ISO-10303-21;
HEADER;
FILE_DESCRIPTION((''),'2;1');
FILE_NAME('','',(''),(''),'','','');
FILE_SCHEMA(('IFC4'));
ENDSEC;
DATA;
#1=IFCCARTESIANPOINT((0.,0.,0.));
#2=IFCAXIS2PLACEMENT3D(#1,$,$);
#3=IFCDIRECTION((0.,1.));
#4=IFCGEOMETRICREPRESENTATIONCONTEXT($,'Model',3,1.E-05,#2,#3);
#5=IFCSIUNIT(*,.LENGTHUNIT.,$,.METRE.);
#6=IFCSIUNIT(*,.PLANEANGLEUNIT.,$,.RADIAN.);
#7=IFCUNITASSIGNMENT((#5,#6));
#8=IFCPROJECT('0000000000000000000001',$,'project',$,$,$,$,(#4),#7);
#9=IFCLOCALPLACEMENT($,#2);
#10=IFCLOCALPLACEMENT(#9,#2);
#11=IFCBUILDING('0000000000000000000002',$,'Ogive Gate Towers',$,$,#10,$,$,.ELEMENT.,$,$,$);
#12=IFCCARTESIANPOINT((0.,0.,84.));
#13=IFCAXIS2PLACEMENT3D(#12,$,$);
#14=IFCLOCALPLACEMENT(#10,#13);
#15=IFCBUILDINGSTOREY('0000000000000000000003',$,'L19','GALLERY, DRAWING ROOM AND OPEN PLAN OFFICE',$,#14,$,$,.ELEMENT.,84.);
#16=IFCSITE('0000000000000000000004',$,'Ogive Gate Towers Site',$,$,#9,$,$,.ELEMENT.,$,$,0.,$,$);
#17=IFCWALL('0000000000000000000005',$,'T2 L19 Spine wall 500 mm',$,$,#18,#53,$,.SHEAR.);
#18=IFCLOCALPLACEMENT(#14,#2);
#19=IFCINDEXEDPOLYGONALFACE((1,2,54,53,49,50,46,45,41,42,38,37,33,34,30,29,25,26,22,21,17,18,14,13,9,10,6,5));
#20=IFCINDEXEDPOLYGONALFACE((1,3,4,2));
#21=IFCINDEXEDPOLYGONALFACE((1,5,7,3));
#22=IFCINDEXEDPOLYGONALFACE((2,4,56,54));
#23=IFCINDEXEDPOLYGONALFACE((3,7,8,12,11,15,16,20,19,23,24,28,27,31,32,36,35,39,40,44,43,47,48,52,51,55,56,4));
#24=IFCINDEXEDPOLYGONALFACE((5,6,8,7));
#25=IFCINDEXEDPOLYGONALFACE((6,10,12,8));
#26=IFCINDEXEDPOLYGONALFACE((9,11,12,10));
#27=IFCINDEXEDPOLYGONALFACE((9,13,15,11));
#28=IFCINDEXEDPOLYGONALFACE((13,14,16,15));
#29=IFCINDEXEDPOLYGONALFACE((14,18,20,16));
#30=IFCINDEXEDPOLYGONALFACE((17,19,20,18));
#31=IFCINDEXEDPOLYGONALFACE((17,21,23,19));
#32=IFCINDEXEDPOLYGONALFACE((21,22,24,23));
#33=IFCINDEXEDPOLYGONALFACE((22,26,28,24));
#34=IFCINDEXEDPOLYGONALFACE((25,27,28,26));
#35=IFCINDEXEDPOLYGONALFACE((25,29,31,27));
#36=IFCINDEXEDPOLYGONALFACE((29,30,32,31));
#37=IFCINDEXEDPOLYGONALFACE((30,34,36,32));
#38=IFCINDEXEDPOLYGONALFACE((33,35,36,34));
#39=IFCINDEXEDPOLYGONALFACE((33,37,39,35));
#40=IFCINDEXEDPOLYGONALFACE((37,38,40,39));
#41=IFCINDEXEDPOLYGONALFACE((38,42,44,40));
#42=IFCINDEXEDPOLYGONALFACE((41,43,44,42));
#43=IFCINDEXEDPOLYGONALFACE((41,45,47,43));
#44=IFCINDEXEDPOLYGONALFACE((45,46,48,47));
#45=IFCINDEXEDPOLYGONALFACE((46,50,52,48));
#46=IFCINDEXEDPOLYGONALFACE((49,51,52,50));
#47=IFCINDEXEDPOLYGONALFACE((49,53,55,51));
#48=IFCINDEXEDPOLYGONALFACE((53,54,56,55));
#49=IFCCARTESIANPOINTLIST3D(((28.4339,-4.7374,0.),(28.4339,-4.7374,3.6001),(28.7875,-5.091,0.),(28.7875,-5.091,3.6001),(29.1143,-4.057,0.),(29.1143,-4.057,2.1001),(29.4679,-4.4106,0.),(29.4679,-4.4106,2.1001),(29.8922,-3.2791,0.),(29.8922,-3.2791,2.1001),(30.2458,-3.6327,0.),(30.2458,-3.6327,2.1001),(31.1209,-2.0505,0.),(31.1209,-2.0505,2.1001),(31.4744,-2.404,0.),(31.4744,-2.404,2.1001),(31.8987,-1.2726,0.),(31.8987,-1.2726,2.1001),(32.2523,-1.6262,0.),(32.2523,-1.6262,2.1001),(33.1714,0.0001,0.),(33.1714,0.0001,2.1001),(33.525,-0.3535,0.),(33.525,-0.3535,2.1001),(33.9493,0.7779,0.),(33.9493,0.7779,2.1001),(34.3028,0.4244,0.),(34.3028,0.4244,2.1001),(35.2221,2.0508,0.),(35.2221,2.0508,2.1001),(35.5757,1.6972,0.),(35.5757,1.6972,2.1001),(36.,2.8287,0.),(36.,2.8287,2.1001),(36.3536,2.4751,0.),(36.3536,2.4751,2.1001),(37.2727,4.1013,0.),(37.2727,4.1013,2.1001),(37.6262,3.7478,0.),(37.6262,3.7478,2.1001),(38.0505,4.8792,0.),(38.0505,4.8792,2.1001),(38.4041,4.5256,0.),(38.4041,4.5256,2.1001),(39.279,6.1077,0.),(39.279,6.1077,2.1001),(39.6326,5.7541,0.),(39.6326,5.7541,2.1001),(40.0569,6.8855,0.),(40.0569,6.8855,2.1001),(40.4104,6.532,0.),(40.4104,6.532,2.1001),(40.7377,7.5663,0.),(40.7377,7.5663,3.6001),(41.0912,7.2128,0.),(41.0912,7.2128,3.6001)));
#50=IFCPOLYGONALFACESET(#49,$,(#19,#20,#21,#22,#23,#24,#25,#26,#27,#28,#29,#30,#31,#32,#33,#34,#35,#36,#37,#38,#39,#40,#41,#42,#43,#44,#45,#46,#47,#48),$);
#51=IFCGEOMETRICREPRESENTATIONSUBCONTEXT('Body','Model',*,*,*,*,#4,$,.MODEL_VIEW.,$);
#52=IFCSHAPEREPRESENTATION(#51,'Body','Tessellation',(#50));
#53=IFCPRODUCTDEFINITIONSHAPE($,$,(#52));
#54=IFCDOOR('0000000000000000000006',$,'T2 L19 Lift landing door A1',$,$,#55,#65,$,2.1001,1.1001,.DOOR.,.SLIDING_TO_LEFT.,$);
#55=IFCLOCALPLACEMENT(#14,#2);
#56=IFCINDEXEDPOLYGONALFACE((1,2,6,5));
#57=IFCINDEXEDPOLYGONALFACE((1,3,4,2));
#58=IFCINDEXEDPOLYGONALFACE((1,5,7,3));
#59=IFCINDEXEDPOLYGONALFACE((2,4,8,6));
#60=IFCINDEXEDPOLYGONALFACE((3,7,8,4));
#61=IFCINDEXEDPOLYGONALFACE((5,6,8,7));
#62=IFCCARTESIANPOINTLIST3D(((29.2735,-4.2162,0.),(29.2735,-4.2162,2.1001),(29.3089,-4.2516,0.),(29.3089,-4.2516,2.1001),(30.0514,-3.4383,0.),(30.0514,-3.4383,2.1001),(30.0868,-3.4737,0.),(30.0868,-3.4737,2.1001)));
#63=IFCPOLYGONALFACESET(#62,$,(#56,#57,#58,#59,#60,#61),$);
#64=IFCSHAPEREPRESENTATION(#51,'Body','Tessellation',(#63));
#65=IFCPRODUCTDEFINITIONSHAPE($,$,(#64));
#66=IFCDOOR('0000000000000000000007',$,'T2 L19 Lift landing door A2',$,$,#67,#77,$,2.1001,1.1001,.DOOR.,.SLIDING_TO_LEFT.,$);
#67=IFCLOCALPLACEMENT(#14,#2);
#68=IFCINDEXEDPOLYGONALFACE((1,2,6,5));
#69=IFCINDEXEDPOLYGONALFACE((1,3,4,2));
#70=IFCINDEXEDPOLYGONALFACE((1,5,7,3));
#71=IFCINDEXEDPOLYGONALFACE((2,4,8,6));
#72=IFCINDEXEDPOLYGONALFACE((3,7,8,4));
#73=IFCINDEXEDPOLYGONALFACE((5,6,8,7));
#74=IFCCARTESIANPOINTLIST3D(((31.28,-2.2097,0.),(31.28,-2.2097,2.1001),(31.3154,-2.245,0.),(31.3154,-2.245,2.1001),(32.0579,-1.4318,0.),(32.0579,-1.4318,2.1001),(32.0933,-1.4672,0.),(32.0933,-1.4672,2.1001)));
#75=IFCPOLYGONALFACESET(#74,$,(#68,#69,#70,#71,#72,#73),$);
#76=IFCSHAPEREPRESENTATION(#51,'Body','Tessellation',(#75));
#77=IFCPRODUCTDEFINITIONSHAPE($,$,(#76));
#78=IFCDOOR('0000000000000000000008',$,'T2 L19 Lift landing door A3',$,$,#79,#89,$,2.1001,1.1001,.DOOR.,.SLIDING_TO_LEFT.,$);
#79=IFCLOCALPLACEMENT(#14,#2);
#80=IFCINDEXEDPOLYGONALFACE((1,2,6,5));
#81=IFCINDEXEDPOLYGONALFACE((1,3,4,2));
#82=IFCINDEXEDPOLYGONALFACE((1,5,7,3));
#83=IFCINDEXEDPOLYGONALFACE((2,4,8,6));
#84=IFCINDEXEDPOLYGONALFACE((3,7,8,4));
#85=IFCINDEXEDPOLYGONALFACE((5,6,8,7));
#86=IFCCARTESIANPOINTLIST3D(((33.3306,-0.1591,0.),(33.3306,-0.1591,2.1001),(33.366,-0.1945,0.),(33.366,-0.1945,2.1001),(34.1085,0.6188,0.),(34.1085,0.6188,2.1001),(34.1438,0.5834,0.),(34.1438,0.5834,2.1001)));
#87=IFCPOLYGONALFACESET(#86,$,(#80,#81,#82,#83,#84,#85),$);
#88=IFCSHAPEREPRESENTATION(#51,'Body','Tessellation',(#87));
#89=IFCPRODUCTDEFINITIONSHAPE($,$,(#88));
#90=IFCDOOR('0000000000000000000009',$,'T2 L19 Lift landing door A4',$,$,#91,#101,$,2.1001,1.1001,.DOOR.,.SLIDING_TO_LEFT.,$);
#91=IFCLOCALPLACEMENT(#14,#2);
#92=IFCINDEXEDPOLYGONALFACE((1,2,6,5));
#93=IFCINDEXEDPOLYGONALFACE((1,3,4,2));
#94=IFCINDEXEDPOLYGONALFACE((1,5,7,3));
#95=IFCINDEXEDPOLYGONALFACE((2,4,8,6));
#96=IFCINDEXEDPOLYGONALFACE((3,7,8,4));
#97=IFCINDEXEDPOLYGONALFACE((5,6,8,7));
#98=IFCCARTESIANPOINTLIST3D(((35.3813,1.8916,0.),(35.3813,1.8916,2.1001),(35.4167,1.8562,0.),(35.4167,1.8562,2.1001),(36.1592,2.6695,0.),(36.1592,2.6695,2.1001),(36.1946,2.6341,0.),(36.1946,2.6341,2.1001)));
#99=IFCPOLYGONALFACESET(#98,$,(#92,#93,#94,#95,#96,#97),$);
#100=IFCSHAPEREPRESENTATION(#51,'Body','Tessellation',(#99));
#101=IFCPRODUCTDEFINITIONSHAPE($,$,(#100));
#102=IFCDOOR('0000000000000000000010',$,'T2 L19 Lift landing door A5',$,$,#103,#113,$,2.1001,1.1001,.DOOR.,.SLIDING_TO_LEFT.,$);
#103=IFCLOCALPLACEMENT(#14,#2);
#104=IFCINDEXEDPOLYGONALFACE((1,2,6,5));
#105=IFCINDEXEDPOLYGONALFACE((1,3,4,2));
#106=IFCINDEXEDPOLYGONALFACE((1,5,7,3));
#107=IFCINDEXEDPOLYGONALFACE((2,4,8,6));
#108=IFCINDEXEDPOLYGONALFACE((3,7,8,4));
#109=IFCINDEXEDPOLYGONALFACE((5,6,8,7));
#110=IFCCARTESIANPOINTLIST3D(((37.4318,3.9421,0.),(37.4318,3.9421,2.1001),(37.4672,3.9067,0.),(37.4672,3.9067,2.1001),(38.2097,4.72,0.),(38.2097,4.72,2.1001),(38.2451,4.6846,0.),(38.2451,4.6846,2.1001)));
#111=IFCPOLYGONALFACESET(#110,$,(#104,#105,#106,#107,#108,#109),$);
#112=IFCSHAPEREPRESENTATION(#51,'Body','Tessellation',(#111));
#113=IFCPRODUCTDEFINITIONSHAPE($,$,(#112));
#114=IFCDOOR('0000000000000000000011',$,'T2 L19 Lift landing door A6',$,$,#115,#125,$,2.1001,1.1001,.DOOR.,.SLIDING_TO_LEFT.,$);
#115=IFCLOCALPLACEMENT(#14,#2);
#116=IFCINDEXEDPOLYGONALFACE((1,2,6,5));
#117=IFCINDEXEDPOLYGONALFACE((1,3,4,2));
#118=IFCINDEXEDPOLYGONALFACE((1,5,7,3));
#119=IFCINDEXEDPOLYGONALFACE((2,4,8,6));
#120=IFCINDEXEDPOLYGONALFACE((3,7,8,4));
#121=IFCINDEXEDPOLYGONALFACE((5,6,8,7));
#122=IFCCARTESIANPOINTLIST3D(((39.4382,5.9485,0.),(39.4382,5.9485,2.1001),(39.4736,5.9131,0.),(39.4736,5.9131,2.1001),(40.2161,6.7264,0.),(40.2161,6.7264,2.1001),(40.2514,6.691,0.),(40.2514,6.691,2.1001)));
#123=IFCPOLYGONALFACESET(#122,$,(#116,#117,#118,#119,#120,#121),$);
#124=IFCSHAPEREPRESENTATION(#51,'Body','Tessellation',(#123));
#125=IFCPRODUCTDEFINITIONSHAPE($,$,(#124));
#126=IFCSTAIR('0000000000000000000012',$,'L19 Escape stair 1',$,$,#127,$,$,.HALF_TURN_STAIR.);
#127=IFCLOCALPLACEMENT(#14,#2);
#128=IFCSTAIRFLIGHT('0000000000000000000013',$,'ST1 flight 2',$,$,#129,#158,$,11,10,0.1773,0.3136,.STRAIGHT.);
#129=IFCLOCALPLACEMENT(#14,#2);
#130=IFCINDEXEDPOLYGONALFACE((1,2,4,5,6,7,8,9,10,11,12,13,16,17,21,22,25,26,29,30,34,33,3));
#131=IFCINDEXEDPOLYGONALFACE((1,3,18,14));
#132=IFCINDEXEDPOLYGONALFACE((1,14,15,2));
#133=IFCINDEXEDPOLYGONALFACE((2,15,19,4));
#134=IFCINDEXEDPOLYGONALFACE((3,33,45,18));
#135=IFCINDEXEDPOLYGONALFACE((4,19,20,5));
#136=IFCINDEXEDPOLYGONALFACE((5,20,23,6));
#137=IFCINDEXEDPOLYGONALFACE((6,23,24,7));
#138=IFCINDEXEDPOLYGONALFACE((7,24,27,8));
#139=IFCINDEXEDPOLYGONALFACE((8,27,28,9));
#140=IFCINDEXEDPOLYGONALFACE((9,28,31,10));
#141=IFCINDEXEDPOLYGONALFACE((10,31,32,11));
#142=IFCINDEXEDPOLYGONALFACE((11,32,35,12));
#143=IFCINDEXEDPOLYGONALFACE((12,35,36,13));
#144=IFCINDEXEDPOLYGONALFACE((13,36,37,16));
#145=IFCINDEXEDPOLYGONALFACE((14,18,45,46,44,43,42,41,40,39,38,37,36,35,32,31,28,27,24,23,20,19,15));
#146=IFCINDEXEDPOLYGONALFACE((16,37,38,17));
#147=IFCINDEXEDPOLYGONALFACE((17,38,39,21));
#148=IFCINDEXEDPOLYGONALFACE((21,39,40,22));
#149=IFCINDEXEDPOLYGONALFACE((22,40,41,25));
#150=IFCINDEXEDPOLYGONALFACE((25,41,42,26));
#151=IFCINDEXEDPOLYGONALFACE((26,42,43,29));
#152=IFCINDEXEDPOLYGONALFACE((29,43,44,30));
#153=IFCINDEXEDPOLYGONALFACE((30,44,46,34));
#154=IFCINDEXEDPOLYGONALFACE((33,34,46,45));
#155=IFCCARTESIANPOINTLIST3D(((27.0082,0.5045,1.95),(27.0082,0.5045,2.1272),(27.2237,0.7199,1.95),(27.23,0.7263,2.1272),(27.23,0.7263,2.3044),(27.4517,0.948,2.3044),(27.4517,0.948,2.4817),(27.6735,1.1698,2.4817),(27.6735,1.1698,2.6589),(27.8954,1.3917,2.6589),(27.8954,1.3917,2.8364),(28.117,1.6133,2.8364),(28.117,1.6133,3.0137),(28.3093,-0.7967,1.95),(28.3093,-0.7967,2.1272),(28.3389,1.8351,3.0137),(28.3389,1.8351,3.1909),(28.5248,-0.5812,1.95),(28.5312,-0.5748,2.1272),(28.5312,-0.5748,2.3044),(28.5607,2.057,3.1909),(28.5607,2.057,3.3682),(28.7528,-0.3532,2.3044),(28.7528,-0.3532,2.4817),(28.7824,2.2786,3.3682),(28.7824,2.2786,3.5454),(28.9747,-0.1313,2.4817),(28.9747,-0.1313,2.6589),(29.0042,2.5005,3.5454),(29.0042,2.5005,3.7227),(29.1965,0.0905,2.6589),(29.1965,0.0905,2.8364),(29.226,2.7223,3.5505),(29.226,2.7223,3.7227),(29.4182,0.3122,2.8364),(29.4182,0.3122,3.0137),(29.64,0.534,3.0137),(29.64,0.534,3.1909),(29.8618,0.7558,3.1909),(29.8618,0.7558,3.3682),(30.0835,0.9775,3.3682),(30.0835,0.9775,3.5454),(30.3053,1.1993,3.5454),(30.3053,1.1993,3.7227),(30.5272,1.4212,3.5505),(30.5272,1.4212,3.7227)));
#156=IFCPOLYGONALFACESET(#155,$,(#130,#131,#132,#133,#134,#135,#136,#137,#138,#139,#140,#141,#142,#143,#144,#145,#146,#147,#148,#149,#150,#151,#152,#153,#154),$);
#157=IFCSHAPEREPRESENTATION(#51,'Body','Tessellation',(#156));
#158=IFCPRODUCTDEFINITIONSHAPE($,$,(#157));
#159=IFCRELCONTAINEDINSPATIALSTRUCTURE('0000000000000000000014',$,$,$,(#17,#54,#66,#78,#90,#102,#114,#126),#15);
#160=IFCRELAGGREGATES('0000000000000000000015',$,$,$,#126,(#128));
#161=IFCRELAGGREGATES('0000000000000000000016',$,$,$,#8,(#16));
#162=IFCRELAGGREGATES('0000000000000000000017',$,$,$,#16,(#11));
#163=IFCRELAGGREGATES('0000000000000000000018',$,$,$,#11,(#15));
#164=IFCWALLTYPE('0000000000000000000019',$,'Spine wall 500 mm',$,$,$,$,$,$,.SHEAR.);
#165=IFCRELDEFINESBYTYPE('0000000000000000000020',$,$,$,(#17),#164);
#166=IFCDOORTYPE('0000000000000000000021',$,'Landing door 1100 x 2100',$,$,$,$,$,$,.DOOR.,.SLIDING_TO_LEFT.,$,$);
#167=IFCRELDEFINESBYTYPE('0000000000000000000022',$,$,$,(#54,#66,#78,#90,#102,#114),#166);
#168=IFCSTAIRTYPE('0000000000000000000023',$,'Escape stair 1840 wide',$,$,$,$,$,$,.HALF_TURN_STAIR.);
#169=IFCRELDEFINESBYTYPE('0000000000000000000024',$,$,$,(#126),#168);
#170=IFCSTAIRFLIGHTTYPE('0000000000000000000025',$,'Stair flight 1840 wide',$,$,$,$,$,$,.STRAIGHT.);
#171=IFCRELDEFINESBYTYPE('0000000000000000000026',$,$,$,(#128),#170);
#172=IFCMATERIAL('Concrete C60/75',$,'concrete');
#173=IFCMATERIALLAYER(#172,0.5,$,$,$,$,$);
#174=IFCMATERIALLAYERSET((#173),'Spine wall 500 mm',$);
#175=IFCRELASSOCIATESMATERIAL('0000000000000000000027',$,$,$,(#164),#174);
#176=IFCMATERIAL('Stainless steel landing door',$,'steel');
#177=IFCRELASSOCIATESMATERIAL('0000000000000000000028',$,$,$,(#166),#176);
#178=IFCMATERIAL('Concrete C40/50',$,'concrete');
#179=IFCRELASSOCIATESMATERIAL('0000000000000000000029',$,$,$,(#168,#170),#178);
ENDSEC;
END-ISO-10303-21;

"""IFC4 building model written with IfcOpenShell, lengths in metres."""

from ifc_helpers import new_model, si_unit, direction, frame, frame_2d, origin, place, context, subcontext, project, spatial, polyline, rectangle, outline, extrude, material, layer, layer_set, type_object, element, fill, aggregate, save


model = new_model("IFC4")

# Units and contexts
model_context = context("Model", 3, precision=1e-05, world=origin(), true_north=direction((0.0, 1.0)))
body_context = subcontext(model_context, "Body", "Model", "MODEL_VIEW")
ifc_project = project(units=[si_unit("LENGTHUNIT", "METRE"), si_unit("PLANEANGLEUNIT", "RADIAN")], contexts=[model_context])

# Site, building, storey
site_placement = place(None, origin())
site = spatial("IfcSite", under=ifc_project, at=site_placement, Name="Ogive Gate Towers Site", CompositionType="ELEMENT", RefElevation=0.0)
building_placement = place(site_placement, origin())
building = spatial("IfcBuilding", under=site, at=building_placement, Name="Ogive Gate Towers", CompositionType="ELEMENT")
storey_placement = place(building_placement, frame((0.0, 0.0, 84.0)))
storey = spatial("IfcBuildingStorey", under=building, at=storey_placement, Name="L19", Description="GALLERY, DRAWING ROOM AND OPEN PLAN OFFICE", CompositionType="ELEMENT", Elevation=84.0)

# Shared definitions
ifc_material_1 = material(Name="Concrete C60/75", Category="concrete")

# Wall, openings, doors
ifc_layer_1 = layer(ifc_material_1, 0.5)
ifc_layer_set_1 = layer_set([ifc_layer_1], Name="Spine wall 500 mm")
wall_type_1 = type_object("IfcWallType", Name="Spine wall 500 mm", PredefinedType="SHEAR", material=ifc_layer_set_1)
ifc_material_2 = material(Name="Stainless steel landing door", Category="steel")
wall_1_placement = place(storey_placement, frame((28.6106, -4.9143, 0.0), z_axis=(0.0, 0.0, 1.0), x_axis=(0.707107, 0.707107, 0.0)))
wall_1 = element("IfcWall", 1, at=wall_1_placement, inside=storey, type_object=wall_type_1, Name="T2 L19 Spine wall 500 mm", PredefinedType="SHEAR", context=body_context, shape_type="SweptSolid", body=[
    extrude(rectangle(XDim=17.4001, YDim=0.5, at=frame_2d((8.7002, 0.0))), origin(), (0.0, 0.0, 1.0), 3.6001),
])
opening_1_placement = place(wall_1_placement, frame((0.9624, 0.0, 0.0)))
opening_1 = element("IfcOpeningElement", 2, at=opening_1_placement, cuts=wall_1, PredefinedType="OPENING", context=body_context, shape_type="SweptSolid", body=[
    extrude(rectangle(XDim=1.1001, YDim=2.1001, at=frame_2d((0.55, 1.05))), frame((0.0, 0.26, 0.0), z_axis=(0.0, -1.0, 0.0), x_axis=(1.0, 0.0, 0.0)), (0.0, 0.0, 1.0), 0.52),
])
opening_2_placement = place(wall_1_placement, frame((3.8, 0.0, 0.0)))
opening_2 = element("IfcOpeningElement", 3, at=opening_2_placement, cuts=wall_1, PredefinedType="OPENING", context=body_context, shape_type="SweptSolid", body=[
    extrude(rectangle(XDim=1.1001, YDim=2.1001, at=frame_2d((0.55, 1.05))), frame((0.0, 0.26, 0.0), z_axis=(0.0, -1.0, 0.0), x_axis=(1.0, 0.0, 0.0)), (0.0, 0.0, 1.0), 0.52),
])
opening_3_placement = place(wall_1_placement, frame((6.7, 0.0, 0.0)))
opening_3 = element("IfcOpeningElement", 4, at=opening_3_placement, cuts=wall_1, PredefinedType="OPENING", context=body_context, shape_type="SweptSolid", body=[
    extrude(rectangle(XDim=1.1001, YDim=2.1001, at=frame_2d((0.55, 1.05))), frame((0.0, 0.26, 0.0), z_axis=(0.0, -1.0, 0.0), x_axis=(1.0, 0.0, 0.0)), (0.0, 0.0, 1.0), 0.52),
])
opening_4_placement = place(wall_1_placement, frame((9.6001, 0.0, 0.0)))
opening_4 = element("IfcOpeningElement", 5, at=opening_4_placement, cuts=wall_1, PredefinedType="OPENING", context=body_context, shape_type="SweptSolid", body=[
    extrude(rectangle(XDim=1.1001, YDim=2.1001, at=frame_2d((0.55, 1.05))), frame((0.0, 0.26, 0.0), z_axis=(0.0, -1.0, 0.0), x_axis=(1.0, 0.0, 0.0)), (0.0, 0.0, 1.0), 0.52),
])
opening_5_placement = place(wall_1_placement, frame((12.5, 0.0, 0.0)))
opening_5 = element("IfcOpeningElement", 6, at=opening_5_placement, cuts=wall_1, PredefinedType="OPENING", context=body_context, shape_type="SweptSolid", body=[
    extrude(rectangle(XDim=1.1001, YDim=2.1001, at=frame_2d((0.55, 1.05))), frame((0.0, 0.26, 0.0), z_axis=(0.0, -1.0, 0.0), x_axis=(1.0, 0.0, 0.0)), (0.0, 0.0, 1.0), 0.52),
])
opening_6_placement = place(wall_1_placement, frame((15.3374, 0.0, 0.0)))
opening_6 = element("IfcOpeningElement", 7, at=opening_6_placement, cuts=wall_1, PredefinedType="OPENING", context=body_context, shape_type="SweptSolid", body=[
    extrude(rectangle(XDim=1.1001, YDim=2.1001, at=frame_2d((0.55, 1.05))), frame((0.0, 0.26, 0.0), z_axis=(0.0, -1.0, 0.0), x_axis=(1.0, 0.0, 0.0)), (0.0, 0.0, 1.0), 0.52),
])
door_type_1 = type_object("IfcDoorType", Name="Landing door 1100 x 2100", OperationType="SLIDING_TO_LEFT", PredefinedType="DOOR", material=ifc_material_2)
door_1_placement = place(opening_1_placement, origin())
door_1 = element("IfcDoor", 8, at=door_1_placement, inside=storey, type_object=door_type_1, Name="T2 L19 Lift landing door A1", OperationType="SLIDING_TO_LEFT", OverallHeight=2.1001, OverallWidth=1.1001, PredefinedType="DOOR", context=body_context, shape_type="SweptSolid", body=[
    extrude(rectangle(XDim=1.1001, YDim=2.1001, at=frame_2d((0.55, 1.05))), frame((0.0, 0.0249, 0.0), z_axis=(0.0, -1.0, 0.0), x_axis=(1.0, 0.0, 0.0)), (0.0, 0.0, 1.0), 0.05),
])
fill(opening_1, door_1)
door_2_placement = place(opening_2_placement, origin())
door_2 = element("IfcDoor", 9, at=door_2_placement, inside=storey, type_object=door_type_1, Name="T2 L19 Lift landing door A2", OperationType="SLIDING_TO_LEFT", OverallHeight=2.1001, OverallWidth=1.1001, PredefinedType="DOOR", context=body_context, shape_type="SweptSolid", body=[
    extrude(rectangle(XDim=1.1001, YDim=2.1001, at=frame_2d((0.55, 1.05))), frame((0.0, 0.0249, 0.0), z_axis=(0.0, -1.0, 0.0), x_axis=(1.0, 0.0, 0.0)), (0.0, 0.0, 1.0), 0.05),
])
fill(opening_2, door_2)
door_3_placement = place(opening_3_placement, origin())
door_3 = element("IfcDoor", 10, at=door_3_placement, inside=storey, type_object=door_type_1, Name="T2 L19 Lift landing door A3", OperationType="SLIDING_TO_LEFT", OverallHeight=2.1001, OverallWidth=1.1001, PredefinedType="DOOR", context=body_context, shape_type="SweptSolid", body=[
    extrude(rectangle(XDim=1.1001, YDim=2.1001, at=frame_2d((0.55, 1.05))), frame((0.0, 0.0249, 0.0), z_axis=(0.0, -1.0, 0.0), x_axis=(1.0, 0.0, 0.0)), (0.0, 0.0, 1.0), 0.05),
])
fill(opening_3, door_3)
door_4_placement = place(opening_4_placement, origin())
door_4 = element("IfcDoor", 11, at=door_4_placement, inside=storey, type_object=door_type_1, Name="T2 L19 Lift landing door A4", OperationType="SLIDING_TO_LEFT", OverallHeight=2.1001, OverallWidth=1.1001, PredefinedType="DOOR", context=body_context, shape_type="SweptSolid", body=[
    extrude(rectangle(XDim=1.1001, YDim=2.1001, at=frame_2d((0.55, 1.05))), frame((0.0, 0.0249, 0.0), z_axis=(0.0, -1.0, 0.0), x_axis=(1.0, 0.0, 0.0)), (0.0, 0.0, 1.0), 0.05),
])
fill(opening_4, door_4)
door_5_placement = place(opening_5_placement, origin())
door_5 = element("IfcDoor", 12, at=door_5_placement, inside=storey, type_object=door_type_1, Name="T2 L19 Lift landing door A5", OperationType="SLIDING_TO_LEFT", OverallHeight=2.1001, OverallWidth=1.1001, PredefinedType="DOOR", context=body_context, shape_type="SweptSolid", body=[
    extrude(rectangle(XDim=1.1001, YDim=2.1001, at=frame_2d((0.55, 1.05))), frame((0.0, 0.0249, 0.0), z_axis=(0.0, -1.0, 0.0), x_axis=(1.0, 0.0, 0.0)), (0.0, 0.0, 1.0), 0.05),
])
fill(opening_5, door_5)
door_6_placement = place(opening_6_placement, origin())
door_6 = element("IfcDoor", 13, at=door_6_placement, inside=storey, type_object=door_type_1, Name="T2 L19 Lift landing door A6", OperationType="SLIDING_TO_LEFT", OverallHeight=2.1001, OverallWidth=1.1001, PredefinedType="DOOR", context=body_context, shape_type="SweptSolid", body=[
    extrude(rectangle(XDim=1.1001, YDim=2.1001, at=frame_2d((0.55, 1.05))), frame((0.0, 0.0249, 0.0), z_axis=(0.0, -1.0, 0.0), x_axis=(1.0, 0.0, 0.0)), (0.0, 0.0, 1.0), 0.05),
])
fill(opening_6, door_6)

# Stair, stair flight
ifc_material_3 = material(Name="Concrete C40/50", Category="concrete")
stair_type = type_object("IfcStairType", Name="Escape stair 1840 wide", PredefinedType="HALF_TURN_STAIR", material=ifc_material_3)
stair_placement = place(storey_placement, origin())
stair = element("IfcStair", 14, at=stair_placement, inside=storey, type_object=stair_type, Name="L19 Escape stair 1", PredefinedType="HALF_TURN_STAIR")
stair_flight_type = type_object("IfcStairFlightType", Name="Stair flight 1840 wide", PredefinedType="STRAIGHT", material=ifc_material_3)
stair_flight_placement = place(storey_placement, frame((27.6587, -0.146, 1.95), z_axis=(0.0, 0.0, 1.0), x_axis=(0.707107, 0.707107, 0.0)))
stair_flight = element("IfcStairFlight", 15, at=stair_flight_placement, type_object=stair_flight_type, Name="ST1 flight 2", NumberOfRisers=11, NumberOfTreads=10, PredefinedType="STRAIGHT", RiserHeight=0.1773, TreadLength=0.3136, context=body_context, shape_type="SweptSolid", body=[
    extrude(outline(polyline([(0.0, 0.0), (0.0, 0.1772), (0.3137, 0.1772), (0.3137, 0.3545), (0.6272, 0.3545), (0.6272, 0.5317), (0.9409, 0.5317), (0.9409, 0.709), (1.2546, 0.709), (1.2546, 0.8865), (1.5681, 0.8865), (1.5681, 1.0637), (1.8818, 1.0637), (1.8818, 1.241), (2.1956, 1.241), (2.1956, 1.4182), (2.509, 1.4182), (2.509, 1.5955), (2.8228, 1.5955), (2.8228, 1.7727), (3.1365, 1.7727), (3.1365, 1.95), (3.1365, 1.6006), (0.3047, 0.0), (0.0, 0.0)])), frame((0.0, 0.9199, 0.0), z_axis=(0.0, -1.0, 0.0), x_axis=(1.0, 0.0, 0.0)), (0.0, 0.0, 1.0), 1.8401),
])
aggregate(stair, [stair_flight])

save(model, "model.ifc")
